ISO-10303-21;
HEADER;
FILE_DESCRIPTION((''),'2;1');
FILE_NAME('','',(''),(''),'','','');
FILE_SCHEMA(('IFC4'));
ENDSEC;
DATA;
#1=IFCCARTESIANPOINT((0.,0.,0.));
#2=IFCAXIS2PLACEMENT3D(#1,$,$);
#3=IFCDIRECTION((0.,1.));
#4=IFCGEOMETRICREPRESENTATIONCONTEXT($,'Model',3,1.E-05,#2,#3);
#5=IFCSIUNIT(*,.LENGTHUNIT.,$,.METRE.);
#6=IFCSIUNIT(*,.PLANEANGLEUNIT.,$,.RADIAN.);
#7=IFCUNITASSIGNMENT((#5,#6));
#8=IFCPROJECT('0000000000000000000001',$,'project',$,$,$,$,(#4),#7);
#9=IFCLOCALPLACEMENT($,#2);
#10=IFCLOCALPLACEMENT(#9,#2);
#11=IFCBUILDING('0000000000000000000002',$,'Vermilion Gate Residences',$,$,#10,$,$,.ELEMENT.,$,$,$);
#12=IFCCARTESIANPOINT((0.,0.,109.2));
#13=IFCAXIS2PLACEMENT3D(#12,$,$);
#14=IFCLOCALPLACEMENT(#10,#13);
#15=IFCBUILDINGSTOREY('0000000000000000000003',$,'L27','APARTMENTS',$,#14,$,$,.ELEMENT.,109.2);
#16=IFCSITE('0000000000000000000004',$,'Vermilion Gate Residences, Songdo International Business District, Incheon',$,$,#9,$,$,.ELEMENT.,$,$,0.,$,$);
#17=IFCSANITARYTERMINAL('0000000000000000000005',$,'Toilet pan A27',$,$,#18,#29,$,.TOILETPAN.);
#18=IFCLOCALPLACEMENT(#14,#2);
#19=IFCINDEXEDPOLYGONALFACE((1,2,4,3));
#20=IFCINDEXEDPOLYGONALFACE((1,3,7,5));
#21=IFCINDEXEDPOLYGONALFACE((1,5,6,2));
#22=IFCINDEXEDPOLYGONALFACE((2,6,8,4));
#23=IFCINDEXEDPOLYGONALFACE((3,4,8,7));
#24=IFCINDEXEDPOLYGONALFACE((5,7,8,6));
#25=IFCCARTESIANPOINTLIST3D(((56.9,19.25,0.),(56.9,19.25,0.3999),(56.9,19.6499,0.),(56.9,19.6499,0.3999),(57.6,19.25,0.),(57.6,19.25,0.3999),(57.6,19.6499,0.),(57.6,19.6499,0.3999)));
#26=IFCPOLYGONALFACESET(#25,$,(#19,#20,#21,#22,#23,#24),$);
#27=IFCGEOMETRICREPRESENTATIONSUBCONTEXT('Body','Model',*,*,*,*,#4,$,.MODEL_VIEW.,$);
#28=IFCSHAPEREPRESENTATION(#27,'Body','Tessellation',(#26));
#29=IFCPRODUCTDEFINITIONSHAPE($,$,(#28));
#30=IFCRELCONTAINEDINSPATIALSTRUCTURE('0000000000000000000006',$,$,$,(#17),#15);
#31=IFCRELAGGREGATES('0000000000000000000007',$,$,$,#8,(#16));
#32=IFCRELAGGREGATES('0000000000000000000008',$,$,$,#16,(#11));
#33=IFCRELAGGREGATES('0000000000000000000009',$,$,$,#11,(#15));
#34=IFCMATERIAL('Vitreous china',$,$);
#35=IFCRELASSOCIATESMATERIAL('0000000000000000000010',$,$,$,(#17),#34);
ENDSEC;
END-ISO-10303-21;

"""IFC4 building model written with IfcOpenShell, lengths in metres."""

from ifc_helpers import new_model, si_unit, direction, frame, origin, origin_2d, place, context, subcontext, project, spatial, rectangle, extrude, material, element, save


model = new_model("IFC4")

# Units and contexts
model_context = context("Model", 3, precision=1e-05, world=origin(), true_north=direction((0.0, 1.0)))
body_context = subcontext(model_context, "Body", "Model", "MODEL_VIEW")
ifc_project = project(units=[si_unit("LENGTHUNIT", "METRE"), si_unit("PLANEANGLEUNIT", "RADIAN")], contexts=[model_context])

# Site, building, storey
site_placement = place(None, origin())
site = spatial("IfcSite", under=ifc_project, at=site_placement, Name="Vermilion Gate Residences, Songdo International Business District, Incheon", CompositionType="ELEMENT", RefElevation=0.0)
building_placement = place(site_placement, origin())
building = spatial("IfcBuilding", under=site, at=building_placement, Name="Vermilion Gate Residences", CompositionType="ELEMENT")
storey_placement = place(building_placement, frame((0.0, 0.0, 109.2)))
storey = spatial("IfcBuildingStorey", under=building, at=storey_placement, Name="L27", Description="APARTMENTS", CompositionType="ELEMENT", Elevation=109.2)

# Sanitary terminal
ifc_material_1 = material(Name="Vitreous china")
sanitary_terminal_placement = place(storey_placement, frame((57.25, 19.45, 0.0), z_axis=(0.0, 0.0, 1.0), x_axis=(1.0, 0.0, 0.0)))
element("IfcSanitaryTerminal", 1, at=sanitary_terminal_placement, inside=storey, material=ifc_material_1, Name="Toilet pan A27", PredefinedType="TOILETPAN", context=body_context, shape_type="SweptSolid", body=[
    extrude(rectangle(XDim=0.7, YDim=0.3999, at=origin_2d()), origin(), (0.0, 0.0, 1.0), 0.3999),
])

save(model, "model.ifc")
